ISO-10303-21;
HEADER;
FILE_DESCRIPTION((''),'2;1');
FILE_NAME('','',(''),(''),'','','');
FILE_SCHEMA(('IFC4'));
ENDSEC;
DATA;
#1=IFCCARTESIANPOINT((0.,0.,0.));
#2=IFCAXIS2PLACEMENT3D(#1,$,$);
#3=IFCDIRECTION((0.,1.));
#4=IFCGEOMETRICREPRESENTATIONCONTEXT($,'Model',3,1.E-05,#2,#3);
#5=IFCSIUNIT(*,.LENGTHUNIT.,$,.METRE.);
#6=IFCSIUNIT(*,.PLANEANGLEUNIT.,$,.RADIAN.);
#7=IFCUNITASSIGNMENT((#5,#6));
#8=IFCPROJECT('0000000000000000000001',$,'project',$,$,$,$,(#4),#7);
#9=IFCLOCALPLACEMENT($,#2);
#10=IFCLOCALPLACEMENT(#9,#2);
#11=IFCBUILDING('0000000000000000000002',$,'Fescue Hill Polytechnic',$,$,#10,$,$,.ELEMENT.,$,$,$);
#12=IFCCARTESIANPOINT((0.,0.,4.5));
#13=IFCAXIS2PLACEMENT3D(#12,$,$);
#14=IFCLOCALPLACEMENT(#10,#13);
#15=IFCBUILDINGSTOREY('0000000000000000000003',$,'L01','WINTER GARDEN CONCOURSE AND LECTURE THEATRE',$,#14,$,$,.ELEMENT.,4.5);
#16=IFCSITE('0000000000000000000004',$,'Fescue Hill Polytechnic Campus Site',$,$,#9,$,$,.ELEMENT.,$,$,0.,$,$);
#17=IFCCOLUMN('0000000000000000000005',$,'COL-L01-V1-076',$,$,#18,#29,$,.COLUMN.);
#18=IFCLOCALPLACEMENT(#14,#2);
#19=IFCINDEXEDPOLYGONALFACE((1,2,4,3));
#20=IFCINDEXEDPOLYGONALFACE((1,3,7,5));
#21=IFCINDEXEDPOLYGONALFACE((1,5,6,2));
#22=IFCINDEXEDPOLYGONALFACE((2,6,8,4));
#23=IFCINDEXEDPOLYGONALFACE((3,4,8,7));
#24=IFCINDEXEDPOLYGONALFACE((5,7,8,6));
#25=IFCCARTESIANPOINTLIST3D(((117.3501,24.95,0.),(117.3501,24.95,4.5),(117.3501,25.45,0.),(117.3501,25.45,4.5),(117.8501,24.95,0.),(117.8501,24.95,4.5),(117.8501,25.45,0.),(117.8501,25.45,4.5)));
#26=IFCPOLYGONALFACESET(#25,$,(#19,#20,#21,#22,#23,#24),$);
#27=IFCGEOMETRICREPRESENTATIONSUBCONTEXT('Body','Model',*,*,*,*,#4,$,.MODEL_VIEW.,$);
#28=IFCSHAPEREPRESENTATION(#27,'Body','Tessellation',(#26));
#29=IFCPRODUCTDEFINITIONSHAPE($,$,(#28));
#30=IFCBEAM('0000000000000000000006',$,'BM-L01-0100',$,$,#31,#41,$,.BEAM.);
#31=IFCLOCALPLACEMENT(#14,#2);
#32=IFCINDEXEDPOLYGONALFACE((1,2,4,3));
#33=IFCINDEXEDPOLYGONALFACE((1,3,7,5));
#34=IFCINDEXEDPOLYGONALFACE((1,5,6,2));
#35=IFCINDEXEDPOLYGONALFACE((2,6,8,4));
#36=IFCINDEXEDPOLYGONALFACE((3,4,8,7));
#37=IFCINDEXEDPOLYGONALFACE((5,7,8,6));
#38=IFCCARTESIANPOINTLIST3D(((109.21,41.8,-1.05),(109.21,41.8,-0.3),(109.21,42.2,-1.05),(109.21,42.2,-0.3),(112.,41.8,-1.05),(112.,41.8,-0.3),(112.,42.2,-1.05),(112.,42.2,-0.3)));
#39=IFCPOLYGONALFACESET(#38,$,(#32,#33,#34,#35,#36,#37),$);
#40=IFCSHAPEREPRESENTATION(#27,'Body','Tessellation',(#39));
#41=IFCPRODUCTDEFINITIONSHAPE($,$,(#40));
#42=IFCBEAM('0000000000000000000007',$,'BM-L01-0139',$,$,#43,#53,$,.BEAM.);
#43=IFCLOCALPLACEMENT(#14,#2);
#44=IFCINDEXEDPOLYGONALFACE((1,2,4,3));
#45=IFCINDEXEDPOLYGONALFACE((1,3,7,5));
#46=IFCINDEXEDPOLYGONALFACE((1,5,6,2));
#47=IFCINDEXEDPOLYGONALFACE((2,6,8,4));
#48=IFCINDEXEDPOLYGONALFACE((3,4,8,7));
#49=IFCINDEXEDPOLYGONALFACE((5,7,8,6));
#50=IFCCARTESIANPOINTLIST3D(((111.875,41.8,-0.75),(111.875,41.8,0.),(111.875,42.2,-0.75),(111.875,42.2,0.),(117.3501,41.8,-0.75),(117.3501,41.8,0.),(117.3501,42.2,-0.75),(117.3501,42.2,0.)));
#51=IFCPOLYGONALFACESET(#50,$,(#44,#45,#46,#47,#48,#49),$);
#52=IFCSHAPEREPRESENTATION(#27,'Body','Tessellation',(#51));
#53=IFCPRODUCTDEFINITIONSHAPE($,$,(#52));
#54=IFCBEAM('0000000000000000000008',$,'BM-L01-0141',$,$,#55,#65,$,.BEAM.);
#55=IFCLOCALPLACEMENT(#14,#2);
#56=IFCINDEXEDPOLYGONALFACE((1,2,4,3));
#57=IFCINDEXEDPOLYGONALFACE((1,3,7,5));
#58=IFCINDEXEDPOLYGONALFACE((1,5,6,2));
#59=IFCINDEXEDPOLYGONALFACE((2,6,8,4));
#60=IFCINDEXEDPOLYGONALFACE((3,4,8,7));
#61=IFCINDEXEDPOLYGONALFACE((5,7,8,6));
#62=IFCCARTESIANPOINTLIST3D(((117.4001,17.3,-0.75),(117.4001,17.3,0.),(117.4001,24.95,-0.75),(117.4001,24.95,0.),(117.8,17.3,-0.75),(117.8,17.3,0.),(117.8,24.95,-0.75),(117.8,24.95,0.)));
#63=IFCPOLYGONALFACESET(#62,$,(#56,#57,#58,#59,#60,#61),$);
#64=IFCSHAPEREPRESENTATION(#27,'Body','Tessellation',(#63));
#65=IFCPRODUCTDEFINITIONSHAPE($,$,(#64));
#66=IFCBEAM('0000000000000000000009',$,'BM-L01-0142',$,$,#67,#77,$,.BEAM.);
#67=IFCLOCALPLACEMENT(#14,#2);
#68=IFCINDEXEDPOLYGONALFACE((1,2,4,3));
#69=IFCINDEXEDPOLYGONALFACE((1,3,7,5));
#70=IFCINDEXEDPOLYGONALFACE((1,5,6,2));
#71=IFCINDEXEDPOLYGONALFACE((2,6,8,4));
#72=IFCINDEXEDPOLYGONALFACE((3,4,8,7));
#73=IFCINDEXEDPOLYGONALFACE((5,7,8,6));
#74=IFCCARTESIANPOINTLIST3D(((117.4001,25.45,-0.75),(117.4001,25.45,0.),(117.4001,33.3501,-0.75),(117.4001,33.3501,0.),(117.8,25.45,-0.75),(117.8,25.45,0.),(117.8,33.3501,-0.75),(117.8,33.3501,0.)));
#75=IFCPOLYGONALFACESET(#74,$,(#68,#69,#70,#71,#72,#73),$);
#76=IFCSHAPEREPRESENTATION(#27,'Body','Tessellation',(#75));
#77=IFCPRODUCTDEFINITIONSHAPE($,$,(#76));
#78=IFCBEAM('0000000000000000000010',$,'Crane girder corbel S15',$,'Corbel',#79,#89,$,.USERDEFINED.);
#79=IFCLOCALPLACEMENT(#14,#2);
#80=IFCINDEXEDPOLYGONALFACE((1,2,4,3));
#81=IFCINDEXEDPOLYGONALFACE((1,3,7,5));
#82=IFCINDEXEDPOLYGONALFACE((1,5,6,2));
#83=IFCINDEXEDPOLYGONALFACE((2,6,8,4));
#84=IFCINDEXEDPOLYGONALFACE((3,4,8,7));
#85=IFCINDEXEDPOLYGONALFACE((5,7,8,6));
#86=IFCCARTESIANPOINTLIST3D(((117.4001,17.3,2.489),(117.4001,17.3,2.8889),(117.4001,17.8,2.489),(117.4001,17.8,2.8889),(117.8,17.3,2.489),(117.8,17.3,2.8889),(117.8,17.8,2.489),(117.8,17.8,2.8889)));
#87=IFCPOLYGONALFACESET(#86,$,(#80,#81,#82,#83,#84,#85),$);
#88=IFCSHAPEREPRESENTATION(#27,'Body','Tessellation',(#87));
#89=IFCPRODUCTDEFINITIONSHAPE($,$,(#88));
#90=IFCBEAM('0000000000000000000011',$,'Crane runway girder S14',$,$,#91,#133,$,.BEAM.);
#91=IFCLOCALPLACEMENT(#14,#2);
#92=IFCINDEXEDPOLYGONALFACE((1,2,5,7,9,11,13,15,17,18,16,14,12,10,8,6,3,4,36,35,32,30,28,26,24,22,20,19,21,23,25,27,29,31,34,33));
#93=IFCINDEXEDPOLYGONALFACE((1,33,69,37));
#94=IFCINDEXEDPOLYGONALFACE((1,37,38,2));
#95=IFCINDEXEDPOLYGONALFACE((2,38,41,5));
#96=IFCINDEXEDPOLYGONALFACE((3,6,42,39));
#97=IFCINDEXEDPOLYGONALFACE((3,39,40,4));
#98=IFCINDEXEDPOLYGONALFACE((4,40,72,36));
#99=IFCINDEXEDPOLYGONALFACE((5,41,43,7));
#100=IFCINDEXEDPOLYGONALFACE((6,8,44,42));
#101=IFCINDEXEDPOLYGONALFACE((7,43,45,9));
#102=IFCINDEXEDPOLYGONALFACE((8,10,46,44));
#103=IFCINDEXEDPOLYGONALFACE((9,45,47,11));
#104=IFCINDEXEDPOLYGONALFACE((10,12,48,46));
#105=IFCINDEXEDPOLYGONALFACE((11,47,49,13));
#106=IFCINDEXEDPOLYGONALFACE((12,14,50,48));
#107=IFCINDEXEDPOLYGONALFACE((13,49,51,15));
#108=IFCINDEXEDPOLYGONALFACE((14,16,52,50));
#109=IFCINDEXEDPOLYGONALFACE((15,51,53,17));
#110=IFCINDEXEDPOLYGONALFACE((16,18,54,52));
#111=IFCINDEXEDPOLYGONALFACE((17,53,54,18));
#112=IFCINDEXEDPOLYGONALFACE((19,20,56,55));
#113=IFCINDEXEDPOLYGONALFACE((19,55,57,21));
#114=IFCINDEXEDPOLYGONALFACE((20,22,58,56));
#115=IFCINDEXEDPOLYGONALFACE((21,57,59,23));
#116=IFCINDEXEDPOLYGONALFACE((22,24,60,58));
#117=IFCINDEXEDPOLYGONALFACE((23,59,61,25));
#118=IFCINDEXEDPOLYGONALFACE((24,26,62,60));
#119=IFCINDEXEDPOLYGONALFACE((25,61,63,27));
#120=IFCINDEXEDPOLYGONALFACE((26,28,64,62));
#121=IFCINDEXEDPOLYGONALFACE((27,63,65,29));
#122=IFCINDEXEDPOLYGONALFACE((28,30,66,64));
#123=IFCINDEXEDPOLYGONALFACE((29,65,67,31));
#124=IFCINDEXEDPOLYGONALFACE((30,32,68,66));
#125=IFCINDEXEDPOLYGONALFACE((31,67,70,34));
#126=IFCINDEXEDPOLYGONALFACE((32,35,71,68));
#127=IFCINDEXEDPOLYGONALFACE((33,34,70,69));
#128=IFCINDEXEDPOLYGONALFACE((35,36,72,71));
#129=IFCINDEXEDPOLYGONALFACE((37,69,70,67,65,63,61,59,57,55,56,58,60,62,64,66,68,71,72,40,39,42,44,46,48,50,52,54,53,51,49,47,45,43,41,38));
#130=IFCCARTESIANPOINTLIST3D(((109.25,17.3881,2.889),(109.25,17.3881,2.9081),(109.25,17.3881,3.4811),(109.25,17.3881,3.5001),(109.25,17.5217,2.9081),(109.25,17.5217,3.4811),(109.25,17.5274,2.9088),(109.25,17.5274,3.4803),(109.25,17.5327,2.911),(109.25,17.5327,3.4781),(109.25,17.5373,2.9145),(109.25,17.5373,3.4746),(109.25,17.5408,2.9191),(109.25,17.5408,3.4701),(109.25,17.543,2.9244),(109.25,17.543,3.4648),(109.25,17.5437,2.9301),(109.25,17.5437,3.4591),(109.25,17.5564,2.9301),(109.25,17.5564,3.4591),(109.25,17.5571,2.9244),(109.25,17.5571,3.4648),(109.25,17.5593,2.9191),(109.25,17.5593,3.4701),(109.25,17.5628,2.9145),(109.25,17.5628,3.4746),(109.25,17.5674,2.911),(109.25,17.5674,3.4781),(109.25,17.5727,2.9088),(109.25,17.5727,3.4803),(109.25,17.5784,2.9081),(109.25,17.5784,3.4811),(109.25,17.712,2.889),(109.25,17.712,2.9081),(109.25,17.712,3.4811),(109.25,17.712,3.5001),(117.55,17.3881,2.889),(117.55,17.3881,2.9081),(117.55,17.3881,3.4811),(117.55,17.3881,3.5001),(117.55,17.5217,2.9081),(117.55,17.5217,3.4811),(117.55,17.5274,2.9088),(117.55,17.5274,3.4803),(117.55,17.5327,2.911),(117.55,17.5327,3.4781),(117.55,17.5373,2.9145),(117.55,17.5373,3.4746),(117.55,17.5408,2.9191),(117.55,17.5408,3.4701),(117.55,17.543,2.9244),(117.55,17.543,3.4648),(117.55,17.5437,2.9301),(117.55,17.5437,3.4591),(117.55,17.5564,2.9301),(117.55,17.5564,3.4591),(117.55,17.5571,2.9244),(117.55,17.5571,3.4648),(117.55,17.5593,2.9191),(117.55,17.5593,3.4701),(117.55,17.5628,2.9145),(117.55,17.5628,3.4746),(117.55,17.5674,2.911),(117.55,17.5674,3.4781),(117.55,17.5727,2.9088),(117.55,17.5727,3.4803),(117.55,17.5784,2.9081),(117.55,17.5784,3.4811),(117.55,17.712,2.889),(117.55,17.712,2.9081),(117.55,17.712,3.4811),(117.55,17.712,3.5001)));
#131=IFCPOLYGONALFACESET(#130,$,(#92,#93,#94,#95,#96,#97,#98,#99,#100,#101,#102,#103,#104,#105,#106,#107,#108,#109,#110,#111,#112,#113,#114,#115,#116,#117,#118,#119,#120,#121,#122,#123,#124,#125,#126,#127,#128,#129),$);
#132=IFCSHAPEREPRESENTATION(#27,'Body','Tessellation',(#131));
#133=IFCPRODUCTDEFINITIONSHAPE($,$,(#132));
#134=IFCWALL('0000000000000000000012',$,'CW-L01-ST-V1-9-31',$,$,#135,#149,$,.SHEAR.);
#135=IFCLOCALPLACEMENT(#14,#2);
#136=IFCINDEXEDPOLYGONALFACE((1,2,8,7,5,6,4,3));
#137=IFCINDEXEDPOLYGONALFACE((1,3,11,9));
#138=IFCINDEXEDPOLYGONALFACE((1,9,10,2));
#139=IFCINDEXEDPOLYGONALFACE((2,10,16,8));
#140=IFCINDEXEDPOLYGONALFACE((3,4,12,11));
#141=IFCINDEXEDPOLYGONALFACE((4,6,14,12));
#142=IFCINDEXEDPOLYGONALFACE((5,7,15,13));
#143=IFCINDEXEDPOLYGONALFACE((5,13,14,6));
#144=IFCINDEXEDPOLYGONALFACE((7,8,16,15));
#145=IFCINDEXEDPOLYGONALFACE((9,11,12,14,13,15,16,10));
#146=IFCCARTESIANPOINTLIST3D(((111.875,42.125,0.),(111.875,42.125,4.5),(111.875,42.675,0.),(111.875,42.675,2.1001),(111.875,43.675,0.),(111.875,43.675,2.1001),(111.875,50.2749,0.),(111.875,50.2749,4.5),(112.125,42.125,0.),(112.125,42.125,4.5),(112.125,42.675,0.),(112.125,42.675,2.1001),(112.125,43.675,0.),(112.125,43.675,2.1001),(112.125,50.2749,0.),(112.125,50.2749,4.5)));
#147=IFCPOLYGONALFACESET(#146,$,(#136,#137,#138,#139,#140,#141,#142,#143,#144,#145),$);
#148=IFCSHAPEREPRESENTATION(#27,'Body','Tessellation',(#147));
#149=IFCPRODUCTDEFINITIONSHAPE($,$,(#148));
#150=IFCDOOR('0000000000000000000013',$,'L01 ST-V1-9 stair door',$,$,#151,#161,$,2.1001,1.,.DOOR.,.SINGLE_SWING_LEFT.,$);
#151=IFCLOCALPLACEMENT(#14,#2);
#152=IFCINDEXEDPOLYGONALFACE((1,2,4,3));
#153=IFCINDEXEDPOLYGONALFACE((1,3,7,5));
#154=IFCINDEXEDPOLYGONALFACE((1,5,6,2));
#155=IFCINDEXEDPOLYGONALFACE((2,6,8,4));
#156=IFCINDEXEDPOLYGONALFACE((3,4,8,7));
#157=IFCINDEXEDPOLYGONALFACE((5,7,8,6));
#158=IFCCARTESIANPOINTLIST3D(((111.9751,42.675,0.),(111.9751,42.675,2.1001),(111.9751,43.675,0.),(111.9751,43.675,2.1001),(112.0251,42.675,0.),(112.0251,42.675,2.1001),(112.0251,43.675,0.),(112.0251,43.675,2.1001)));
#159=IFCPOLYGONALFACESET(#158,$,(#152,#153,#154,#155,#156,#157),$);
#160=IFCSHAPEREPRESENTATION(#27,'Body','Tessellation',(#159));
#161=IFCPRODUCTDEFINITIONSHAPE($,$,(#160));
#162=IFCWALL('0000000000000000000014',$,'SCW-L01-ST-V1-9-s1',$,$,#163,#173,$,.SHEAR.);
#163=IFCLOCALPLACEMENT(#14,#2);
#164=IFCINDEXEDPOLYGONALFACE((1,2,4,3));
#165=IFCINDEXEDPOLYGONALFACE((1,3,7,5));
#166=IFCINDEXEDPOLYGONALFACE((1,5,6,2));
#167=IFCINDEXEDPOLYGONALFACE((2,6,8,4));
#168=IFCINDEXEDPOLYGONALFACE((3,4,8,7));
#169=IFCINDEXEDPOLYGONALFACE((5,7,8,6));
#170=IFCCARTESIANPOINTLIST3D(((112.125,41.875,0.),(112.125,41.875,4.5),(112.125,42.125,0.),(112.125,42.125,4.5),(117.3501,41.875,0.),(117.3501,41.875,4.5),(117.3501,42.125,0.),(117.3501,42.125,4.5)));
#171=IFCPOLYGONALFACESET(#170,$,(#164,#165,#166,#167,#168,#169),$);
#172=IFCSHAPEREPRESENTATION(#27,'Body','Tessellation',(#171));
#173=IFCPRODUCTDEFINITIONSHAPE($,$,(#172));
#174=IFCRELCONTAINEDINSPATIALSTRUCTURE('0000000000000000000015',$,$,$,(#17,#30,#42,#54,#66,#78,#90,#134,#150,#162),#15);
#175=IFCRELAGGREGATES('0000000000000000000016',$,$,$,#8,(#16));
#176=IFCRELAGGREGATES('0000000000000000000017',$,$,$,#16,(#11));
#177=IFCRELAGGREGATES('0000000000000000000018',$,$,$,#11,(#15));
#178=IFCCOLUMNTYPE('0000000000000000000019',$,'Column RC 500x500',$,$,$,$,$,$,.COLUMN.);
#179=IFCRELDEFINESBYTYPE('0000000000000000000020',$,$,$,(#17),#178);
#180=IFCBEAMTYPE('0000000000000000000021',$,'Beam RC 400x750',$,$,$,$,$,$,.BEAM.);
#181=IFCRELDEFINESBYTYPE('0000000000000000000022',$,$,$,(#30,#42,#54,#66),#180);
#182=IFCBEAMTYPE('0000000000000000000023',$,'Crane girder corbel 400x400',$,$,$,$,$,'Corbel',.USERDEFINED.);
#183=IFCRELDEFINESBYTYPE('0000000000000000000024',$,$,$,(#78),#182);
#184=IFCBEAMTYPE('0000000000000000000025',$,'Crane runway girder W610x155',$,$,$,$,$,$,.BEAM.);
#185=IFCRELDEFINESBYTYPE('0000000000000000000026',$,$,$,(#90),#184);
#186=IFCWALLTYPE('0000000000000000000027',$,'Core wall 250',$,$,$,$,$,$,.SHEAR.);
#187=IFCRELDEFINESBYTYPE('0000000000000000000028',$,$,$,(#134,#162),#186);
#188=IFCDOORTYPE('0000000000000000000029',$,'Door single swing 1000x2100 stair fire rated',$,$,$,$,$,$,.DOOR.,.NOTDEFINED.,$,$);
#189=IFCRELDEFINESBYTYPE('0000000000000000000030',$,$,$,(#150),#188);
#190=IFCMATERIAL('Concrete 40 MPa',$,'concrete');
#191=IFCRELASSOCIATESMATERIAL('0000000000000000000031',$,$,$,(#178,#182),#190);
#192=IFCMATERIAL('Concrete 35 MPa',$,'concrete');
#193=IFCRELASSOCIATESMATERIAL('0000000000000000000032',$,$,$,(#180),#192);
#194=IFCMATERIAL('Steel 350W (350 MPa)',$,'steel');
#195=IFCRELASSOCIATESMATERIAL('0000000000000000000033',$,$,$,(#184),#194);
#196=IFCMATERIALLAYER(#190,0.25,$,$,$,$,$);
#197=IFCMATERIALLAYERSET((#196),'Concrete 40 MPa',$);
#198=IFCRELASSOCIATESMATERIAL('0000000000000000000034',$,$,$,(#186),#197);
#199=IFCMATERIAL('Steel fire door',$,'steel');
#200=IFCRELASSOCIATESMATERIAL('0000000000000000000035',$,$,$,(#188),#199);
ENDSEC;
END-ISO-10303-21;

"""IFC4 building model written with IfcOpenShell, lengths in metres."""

from ifc_helpers import new_model, si_unit, direction, frame, frame_2d, origin, origin_2d, place, context, subcontext, project, spatial, rectangle, i_section, extrude, material, layer, layer_set, material_profile, profile_set, type_object, element, fill, save


model = new_model("IFC4")

# Units and contexts
model_context = context("Model", 3, precision=1e-05, world=origin(), true_north=direction((0.0, 1.0)))
body_context = subcontext(model_context, "Body", "Model", "MODEL_VIEW")
ifc_project = project(units=[si_unit("LENGTHUNIT", "METRE"), si_unit("PLANEANGLEUNIT", "RADIAN")], contexts=[model_context])

# Site, building, storey
site_placement = place(None, origin())
site = spatial("IfcSite", under=ifc_project, at=site_placement, Name="Fescue Hill Polytechnic Campus Site", CompositionType="ELEMENT", RefElevation=0.0)
building_placement = place(site_placement, origin())
building = spatial("IfcBuilding", under=site, at=building_placement, Name="Fescue Hill Polytechnic", CompositionType="ELEMENT")
storey_placement = place(building_placement, frame((0.0, 0.0, 4.5)))
storey = spatial("IfcBuildingStorey", under=building, at=storey_placement, Name="L01", Description="WINTER GARDEN CONCOURSE AND LECTURE THEATRE", CompositionType="ELEMENT", Elevation=4.5)

# Column
ifc_material_1 = material(Name="Concrete 40 MPa", Category="concrete")
ifc_material_profile_1 = material_profile(ifc_material_1, rectangle(XDim=0.5, YDim=0.5, at=origin_2d()), Name="RC 500x500")
ifc_profile_set_1 = profile_set([ifc_material_profile_1], Name="Concrete 40 MPa")
column_type = type_object("IfcColumnType", Name="Column RC 500x500", PredefinedType="COLUMN", material=ifc_profile_set_1)
column_placement = place(storey_placement, frame((117.6001, 25.2, 0.0), z_axis=(0.0, 0.0, 1.0), x_axis=(1.0, 0.0, 0.0)))
element("IfcColumn", 1, at=column_placement, inside=storey, type_object=column_type, Name="COL-L01-V1-076", PredefinedType="COLUMN", context=body_context, shape_type="SweptSolid", body=[
    extrude(rectangle(XDim=0.5, YDim=0.5, at=origin_2d()), origin(), (0.0, 0.0, 1.0), 4.5),
])

# Beams
ifc_material_2 = material(Name="Concrete 35 MPa", Category="concrete")
ifc_material_profile_2 = material_profile(ifc_material_2, rectangle(XDim=0.3999, YDim=0.75, at=origin_2d()), Name="RC 400x750")
ifc_profile_set_2 = profile_set([ifc_material_profile_2], Name="Concrete 35 MPa")
beam_type_1 = type_object("IfcBeamType", Name="Beam RC 400x750", PredefinedType="BEAM", material=ifc_profile_set_2)
beam_1_placement = place(storey_placement, frame((109.21, 42.0, -0.675), z_axis=(1.0, 0.0, 0.0), x_axis=(0.0, 1.0, 0.0)))
element("IfcBeam", 2, at=beam_1_placement, inside=storey, type_object=beam_type_1, Name="BM-L01-0100", PredefinedType="BEAM", context=body_context, shape_type="SweptSolid", body=[
    extrude(rectangle(XDim=0.3999, YDim=0.75, at=origin_2d()), origin(), (0.0, 0.0, 1.0), 2.79),
])
beam_2_placement = place(storey_placement, frame((111.875, 42.0, -0.375), z_axis=(1.0, 0.0, 0.0), x_axis=(0.0, 1.0, 0.0)))
element("IfcBeam", 3, at=beam_2_placement, inside=storey, type_object=beam_type_1, Name="BM-L01-0139", PredefinedType="BEAM", context=body_context, shape_type="SweptSolid", body=[
    extrude(rectangle(XDim=0.3999, YDim=0.75, at=origin_2d()), origin(), (0.0, 0.0, 1.0), 5.4751),
])
beam_3_placement = place(storey_placement, frame((117.6001, 17.3, -0.375), z_axis=(0.0, 1.0, 0.0), x_axis=(-1.0, 0.0, 0.0)))
element("IfcBeam", 4, at=beam_3_placement, inside=storey, type_object=beam_type_1, Name="BM-L01-0141", PredefinedType="BEAM", context=body_context, shape_type="SweptSolid", body=[
    extrude(rectangle(XDim=0.3999, YDim=0.75, at=origin_2d()), origin(), (0.0, 0.0, 1.0), 7.6499),
])
beam_4_placement = place(storey_placement, frame((117.6001, 25.45, -0.375), z_axis=(0.0, 1.0, 0.0), x_axis=(-1.0, 0.0, 0.0)))
element("IfcBeam", 5, at=beam_4_placement, inside=storey, type_object=beam_type_1, Name="BM-L01-0142", PredefinedType="BEAM", context=body_context, shape_type="SweptSolid", body=[
    extrude(rectangle(XDim=0.3999, YDim=0.75, at=origin_2d()), origin(), (0.0, 0.0, 1.0), 7.9001),
])
ifc_material_profile_3 = material_profile(ifc_material_1, rectangle(XDim=0.3999, YDim=0.3999, at=origin_2d()), Name="Crane girder corbel 400x400")
ifc_profile_set_3 = profile_set([ifc_material_profile_3], Name="Concrete 40 MPa")
beam_type_2 = type_object("IfcBeamType", Name="Crane girder corbel 400x400", ElementType="Corbel", PredefinedType="USERDEFINED", material=ifc_profile_set_3)
beam_5_placement = place(storey_placement, frame((117.6001, 17.3, 2.689), z_axis=(0.0, 1.0, 0.0), x_axis=(-1.0, 0.0, 0.0)))
element("IfcBeam", 6, at=beam_5_placement, inside=storey, type_object=beam_type_2, Name="Crane girder corbel S15", ObjectType="Corbel", PredefinedType="USERDEFINED", context=body_context, shape_type="SweptSolid", body=[
    extrude(rectangle(XDim=0.3999, YDim=0.3999, at=origin_2d()), origin(), (0.0, 0.0, 1.0), 0.5),
])
ifc_material_3 = material(Name="Steel 350W (350 MPa)", Category="steel")
ifc_material_profile_4 = material_profile(ifc_material_3, i_section(OverallWidth=0.324, OverallDepth=0.6111, WebThickness=0.0127, FlangeThickness=0.019, FilletRadius=0.022, at=origin_2d()), Name="W610x155")
ifc_profile_set_4 = profile_set([ifc_material_profile_4], Name="Steel 350W (350 MPa)")
beam_type_3 = type_object("IfcBeamType", Name="Crane runway girder W610x155", PredefinedType="BEAM", material=ifc_profile_set_4)
beam_6_placement = place(storey_placement, frame((109.25, 17.55, 3.1946), z_axis=(1.0, 0.0, 0.0), x_axis=(0.0, 1.0, 0.0)))
element("IfcBeam", 7, at=beam_6_placement, inside=storey, type_object=beam_type_3, Name="Crane runway girder S14", PredefinedType="BEAM", context=body_context, shape_type="SweptSolid", body=[
    extrude(i_section(OverallWidth=0.324, OverallDepth=0.6111, WebThickness=0.0127, FlangeThickness=0.019, FilletRadius=0.022, at=origin_2d()), origin(), (0.0, 0.0, 1.0), 8.3),
])

# Wall, opening, door
ifc_layer_1 = layer(ifc_material_1, 0.25)
ifc_layer_set_1 = layer_set([ifc_layer_1], Name="Concrete 40 MPa")
wall_type_1 = type_object("IfcWallType", Name="Core wall 250", PredefinedType="SHEAR", material=ifc_layer_set_1)
wall_1_placement = place(storey_placement, frame((112.0, 42.125, 0.0), z_axis=(0.0, 0.0, 1.0), x_axis=(0.0, 1.0, 0.0)))
wall_1 = element("IfcWall", 8, at=wall_1_placement, inside=storey, type_object=wall_type_1, Name="CW-L01-ST-V1-9-31", PredefinedType="SHEAR", context=body_context, shape_type="SweptSolid", body=[
    extrude(rectangle(XDim=8.1499, YDim=0.25, at=frame_2d((4.075, 0.0))), origin(), (0.0, 0.0, 1.0), 4.5),
])
opening_1_placement = place(wall_1_placement, frame((0.55, 0.0, 0.0)))
opening_1 = element("IfcOpeningElement", 9, at=opening_1_placement, cuts=wall_1, PredefinedType="OPENING", context=body_context, shape_type="SweptSolid", body=[
    extrude(rectangle(XDim=1.0, YDim=2.1001, at=frame_2d((0.5, 1.05))), frame((0.0, 0.135, 0.0), z_axis=(0.0, -1.0, 0.0), x_axis=(1.0, 0.0, 0.0)), (0.0, 0.0, 1.0), 0.27),
])
ifc_material_4 = material(Name="Steel fire door", Category="steel")
door_type = type_object("IfcDoorType", Name="Door single swing 1000x2100 stair fire rated", OperationType="NOTDEFINED", PredefinedType="DOOR", material=ifc_material_4)
door_placement = place(opening_1_placement, origin())
door = element("IfcDoor", 10, at=door_placement, inside=storey, type_object=door_type, Name="L01 ST-V1-9 stair door", OperationType="SINGLE_SWING_LEFT", OverallHeight=2.1001, OverallWidth=1.0, PredefinedType="DOOR", context=body_context, shape_type="SweptSolid", body=[
    extrude(rectangle(XDim=1.0, YDim=2.1001, at=frame_2d((0.5, 1.05))), frame((0.0, 0.0249, 0.0), z_axis=(0.0, -1.0, 0.0), x_axis=(1.0, 0.0, 0.0)), (0.0, 0.0, 1.0), 0.05),
])
fill(opening_1, door)

# Wall
wall_2_placement = place(storey_placement, frame((112.125, 42.0, 0.0), z_axis=(0.0, 0.0, 1.0), x_axis=(1.0, 0.0, 0.0)))
element("IfcWall", 11, at=wall_2_placement, inside=storey, type_object=wall_type_1, Name="SCW-L01-ST-V1-9-s1", PredefinedType="SHEAR", context=body_context, shape_type="SweptSolid", body=[
    extrude(rectangle(XDim=5.2251, YDim=0.25, at=frame_2d((2.6125, 0.0))), origin(), (0.0, 0.0, 1.0), 4.5),
])

save(model, "model.ifc")
